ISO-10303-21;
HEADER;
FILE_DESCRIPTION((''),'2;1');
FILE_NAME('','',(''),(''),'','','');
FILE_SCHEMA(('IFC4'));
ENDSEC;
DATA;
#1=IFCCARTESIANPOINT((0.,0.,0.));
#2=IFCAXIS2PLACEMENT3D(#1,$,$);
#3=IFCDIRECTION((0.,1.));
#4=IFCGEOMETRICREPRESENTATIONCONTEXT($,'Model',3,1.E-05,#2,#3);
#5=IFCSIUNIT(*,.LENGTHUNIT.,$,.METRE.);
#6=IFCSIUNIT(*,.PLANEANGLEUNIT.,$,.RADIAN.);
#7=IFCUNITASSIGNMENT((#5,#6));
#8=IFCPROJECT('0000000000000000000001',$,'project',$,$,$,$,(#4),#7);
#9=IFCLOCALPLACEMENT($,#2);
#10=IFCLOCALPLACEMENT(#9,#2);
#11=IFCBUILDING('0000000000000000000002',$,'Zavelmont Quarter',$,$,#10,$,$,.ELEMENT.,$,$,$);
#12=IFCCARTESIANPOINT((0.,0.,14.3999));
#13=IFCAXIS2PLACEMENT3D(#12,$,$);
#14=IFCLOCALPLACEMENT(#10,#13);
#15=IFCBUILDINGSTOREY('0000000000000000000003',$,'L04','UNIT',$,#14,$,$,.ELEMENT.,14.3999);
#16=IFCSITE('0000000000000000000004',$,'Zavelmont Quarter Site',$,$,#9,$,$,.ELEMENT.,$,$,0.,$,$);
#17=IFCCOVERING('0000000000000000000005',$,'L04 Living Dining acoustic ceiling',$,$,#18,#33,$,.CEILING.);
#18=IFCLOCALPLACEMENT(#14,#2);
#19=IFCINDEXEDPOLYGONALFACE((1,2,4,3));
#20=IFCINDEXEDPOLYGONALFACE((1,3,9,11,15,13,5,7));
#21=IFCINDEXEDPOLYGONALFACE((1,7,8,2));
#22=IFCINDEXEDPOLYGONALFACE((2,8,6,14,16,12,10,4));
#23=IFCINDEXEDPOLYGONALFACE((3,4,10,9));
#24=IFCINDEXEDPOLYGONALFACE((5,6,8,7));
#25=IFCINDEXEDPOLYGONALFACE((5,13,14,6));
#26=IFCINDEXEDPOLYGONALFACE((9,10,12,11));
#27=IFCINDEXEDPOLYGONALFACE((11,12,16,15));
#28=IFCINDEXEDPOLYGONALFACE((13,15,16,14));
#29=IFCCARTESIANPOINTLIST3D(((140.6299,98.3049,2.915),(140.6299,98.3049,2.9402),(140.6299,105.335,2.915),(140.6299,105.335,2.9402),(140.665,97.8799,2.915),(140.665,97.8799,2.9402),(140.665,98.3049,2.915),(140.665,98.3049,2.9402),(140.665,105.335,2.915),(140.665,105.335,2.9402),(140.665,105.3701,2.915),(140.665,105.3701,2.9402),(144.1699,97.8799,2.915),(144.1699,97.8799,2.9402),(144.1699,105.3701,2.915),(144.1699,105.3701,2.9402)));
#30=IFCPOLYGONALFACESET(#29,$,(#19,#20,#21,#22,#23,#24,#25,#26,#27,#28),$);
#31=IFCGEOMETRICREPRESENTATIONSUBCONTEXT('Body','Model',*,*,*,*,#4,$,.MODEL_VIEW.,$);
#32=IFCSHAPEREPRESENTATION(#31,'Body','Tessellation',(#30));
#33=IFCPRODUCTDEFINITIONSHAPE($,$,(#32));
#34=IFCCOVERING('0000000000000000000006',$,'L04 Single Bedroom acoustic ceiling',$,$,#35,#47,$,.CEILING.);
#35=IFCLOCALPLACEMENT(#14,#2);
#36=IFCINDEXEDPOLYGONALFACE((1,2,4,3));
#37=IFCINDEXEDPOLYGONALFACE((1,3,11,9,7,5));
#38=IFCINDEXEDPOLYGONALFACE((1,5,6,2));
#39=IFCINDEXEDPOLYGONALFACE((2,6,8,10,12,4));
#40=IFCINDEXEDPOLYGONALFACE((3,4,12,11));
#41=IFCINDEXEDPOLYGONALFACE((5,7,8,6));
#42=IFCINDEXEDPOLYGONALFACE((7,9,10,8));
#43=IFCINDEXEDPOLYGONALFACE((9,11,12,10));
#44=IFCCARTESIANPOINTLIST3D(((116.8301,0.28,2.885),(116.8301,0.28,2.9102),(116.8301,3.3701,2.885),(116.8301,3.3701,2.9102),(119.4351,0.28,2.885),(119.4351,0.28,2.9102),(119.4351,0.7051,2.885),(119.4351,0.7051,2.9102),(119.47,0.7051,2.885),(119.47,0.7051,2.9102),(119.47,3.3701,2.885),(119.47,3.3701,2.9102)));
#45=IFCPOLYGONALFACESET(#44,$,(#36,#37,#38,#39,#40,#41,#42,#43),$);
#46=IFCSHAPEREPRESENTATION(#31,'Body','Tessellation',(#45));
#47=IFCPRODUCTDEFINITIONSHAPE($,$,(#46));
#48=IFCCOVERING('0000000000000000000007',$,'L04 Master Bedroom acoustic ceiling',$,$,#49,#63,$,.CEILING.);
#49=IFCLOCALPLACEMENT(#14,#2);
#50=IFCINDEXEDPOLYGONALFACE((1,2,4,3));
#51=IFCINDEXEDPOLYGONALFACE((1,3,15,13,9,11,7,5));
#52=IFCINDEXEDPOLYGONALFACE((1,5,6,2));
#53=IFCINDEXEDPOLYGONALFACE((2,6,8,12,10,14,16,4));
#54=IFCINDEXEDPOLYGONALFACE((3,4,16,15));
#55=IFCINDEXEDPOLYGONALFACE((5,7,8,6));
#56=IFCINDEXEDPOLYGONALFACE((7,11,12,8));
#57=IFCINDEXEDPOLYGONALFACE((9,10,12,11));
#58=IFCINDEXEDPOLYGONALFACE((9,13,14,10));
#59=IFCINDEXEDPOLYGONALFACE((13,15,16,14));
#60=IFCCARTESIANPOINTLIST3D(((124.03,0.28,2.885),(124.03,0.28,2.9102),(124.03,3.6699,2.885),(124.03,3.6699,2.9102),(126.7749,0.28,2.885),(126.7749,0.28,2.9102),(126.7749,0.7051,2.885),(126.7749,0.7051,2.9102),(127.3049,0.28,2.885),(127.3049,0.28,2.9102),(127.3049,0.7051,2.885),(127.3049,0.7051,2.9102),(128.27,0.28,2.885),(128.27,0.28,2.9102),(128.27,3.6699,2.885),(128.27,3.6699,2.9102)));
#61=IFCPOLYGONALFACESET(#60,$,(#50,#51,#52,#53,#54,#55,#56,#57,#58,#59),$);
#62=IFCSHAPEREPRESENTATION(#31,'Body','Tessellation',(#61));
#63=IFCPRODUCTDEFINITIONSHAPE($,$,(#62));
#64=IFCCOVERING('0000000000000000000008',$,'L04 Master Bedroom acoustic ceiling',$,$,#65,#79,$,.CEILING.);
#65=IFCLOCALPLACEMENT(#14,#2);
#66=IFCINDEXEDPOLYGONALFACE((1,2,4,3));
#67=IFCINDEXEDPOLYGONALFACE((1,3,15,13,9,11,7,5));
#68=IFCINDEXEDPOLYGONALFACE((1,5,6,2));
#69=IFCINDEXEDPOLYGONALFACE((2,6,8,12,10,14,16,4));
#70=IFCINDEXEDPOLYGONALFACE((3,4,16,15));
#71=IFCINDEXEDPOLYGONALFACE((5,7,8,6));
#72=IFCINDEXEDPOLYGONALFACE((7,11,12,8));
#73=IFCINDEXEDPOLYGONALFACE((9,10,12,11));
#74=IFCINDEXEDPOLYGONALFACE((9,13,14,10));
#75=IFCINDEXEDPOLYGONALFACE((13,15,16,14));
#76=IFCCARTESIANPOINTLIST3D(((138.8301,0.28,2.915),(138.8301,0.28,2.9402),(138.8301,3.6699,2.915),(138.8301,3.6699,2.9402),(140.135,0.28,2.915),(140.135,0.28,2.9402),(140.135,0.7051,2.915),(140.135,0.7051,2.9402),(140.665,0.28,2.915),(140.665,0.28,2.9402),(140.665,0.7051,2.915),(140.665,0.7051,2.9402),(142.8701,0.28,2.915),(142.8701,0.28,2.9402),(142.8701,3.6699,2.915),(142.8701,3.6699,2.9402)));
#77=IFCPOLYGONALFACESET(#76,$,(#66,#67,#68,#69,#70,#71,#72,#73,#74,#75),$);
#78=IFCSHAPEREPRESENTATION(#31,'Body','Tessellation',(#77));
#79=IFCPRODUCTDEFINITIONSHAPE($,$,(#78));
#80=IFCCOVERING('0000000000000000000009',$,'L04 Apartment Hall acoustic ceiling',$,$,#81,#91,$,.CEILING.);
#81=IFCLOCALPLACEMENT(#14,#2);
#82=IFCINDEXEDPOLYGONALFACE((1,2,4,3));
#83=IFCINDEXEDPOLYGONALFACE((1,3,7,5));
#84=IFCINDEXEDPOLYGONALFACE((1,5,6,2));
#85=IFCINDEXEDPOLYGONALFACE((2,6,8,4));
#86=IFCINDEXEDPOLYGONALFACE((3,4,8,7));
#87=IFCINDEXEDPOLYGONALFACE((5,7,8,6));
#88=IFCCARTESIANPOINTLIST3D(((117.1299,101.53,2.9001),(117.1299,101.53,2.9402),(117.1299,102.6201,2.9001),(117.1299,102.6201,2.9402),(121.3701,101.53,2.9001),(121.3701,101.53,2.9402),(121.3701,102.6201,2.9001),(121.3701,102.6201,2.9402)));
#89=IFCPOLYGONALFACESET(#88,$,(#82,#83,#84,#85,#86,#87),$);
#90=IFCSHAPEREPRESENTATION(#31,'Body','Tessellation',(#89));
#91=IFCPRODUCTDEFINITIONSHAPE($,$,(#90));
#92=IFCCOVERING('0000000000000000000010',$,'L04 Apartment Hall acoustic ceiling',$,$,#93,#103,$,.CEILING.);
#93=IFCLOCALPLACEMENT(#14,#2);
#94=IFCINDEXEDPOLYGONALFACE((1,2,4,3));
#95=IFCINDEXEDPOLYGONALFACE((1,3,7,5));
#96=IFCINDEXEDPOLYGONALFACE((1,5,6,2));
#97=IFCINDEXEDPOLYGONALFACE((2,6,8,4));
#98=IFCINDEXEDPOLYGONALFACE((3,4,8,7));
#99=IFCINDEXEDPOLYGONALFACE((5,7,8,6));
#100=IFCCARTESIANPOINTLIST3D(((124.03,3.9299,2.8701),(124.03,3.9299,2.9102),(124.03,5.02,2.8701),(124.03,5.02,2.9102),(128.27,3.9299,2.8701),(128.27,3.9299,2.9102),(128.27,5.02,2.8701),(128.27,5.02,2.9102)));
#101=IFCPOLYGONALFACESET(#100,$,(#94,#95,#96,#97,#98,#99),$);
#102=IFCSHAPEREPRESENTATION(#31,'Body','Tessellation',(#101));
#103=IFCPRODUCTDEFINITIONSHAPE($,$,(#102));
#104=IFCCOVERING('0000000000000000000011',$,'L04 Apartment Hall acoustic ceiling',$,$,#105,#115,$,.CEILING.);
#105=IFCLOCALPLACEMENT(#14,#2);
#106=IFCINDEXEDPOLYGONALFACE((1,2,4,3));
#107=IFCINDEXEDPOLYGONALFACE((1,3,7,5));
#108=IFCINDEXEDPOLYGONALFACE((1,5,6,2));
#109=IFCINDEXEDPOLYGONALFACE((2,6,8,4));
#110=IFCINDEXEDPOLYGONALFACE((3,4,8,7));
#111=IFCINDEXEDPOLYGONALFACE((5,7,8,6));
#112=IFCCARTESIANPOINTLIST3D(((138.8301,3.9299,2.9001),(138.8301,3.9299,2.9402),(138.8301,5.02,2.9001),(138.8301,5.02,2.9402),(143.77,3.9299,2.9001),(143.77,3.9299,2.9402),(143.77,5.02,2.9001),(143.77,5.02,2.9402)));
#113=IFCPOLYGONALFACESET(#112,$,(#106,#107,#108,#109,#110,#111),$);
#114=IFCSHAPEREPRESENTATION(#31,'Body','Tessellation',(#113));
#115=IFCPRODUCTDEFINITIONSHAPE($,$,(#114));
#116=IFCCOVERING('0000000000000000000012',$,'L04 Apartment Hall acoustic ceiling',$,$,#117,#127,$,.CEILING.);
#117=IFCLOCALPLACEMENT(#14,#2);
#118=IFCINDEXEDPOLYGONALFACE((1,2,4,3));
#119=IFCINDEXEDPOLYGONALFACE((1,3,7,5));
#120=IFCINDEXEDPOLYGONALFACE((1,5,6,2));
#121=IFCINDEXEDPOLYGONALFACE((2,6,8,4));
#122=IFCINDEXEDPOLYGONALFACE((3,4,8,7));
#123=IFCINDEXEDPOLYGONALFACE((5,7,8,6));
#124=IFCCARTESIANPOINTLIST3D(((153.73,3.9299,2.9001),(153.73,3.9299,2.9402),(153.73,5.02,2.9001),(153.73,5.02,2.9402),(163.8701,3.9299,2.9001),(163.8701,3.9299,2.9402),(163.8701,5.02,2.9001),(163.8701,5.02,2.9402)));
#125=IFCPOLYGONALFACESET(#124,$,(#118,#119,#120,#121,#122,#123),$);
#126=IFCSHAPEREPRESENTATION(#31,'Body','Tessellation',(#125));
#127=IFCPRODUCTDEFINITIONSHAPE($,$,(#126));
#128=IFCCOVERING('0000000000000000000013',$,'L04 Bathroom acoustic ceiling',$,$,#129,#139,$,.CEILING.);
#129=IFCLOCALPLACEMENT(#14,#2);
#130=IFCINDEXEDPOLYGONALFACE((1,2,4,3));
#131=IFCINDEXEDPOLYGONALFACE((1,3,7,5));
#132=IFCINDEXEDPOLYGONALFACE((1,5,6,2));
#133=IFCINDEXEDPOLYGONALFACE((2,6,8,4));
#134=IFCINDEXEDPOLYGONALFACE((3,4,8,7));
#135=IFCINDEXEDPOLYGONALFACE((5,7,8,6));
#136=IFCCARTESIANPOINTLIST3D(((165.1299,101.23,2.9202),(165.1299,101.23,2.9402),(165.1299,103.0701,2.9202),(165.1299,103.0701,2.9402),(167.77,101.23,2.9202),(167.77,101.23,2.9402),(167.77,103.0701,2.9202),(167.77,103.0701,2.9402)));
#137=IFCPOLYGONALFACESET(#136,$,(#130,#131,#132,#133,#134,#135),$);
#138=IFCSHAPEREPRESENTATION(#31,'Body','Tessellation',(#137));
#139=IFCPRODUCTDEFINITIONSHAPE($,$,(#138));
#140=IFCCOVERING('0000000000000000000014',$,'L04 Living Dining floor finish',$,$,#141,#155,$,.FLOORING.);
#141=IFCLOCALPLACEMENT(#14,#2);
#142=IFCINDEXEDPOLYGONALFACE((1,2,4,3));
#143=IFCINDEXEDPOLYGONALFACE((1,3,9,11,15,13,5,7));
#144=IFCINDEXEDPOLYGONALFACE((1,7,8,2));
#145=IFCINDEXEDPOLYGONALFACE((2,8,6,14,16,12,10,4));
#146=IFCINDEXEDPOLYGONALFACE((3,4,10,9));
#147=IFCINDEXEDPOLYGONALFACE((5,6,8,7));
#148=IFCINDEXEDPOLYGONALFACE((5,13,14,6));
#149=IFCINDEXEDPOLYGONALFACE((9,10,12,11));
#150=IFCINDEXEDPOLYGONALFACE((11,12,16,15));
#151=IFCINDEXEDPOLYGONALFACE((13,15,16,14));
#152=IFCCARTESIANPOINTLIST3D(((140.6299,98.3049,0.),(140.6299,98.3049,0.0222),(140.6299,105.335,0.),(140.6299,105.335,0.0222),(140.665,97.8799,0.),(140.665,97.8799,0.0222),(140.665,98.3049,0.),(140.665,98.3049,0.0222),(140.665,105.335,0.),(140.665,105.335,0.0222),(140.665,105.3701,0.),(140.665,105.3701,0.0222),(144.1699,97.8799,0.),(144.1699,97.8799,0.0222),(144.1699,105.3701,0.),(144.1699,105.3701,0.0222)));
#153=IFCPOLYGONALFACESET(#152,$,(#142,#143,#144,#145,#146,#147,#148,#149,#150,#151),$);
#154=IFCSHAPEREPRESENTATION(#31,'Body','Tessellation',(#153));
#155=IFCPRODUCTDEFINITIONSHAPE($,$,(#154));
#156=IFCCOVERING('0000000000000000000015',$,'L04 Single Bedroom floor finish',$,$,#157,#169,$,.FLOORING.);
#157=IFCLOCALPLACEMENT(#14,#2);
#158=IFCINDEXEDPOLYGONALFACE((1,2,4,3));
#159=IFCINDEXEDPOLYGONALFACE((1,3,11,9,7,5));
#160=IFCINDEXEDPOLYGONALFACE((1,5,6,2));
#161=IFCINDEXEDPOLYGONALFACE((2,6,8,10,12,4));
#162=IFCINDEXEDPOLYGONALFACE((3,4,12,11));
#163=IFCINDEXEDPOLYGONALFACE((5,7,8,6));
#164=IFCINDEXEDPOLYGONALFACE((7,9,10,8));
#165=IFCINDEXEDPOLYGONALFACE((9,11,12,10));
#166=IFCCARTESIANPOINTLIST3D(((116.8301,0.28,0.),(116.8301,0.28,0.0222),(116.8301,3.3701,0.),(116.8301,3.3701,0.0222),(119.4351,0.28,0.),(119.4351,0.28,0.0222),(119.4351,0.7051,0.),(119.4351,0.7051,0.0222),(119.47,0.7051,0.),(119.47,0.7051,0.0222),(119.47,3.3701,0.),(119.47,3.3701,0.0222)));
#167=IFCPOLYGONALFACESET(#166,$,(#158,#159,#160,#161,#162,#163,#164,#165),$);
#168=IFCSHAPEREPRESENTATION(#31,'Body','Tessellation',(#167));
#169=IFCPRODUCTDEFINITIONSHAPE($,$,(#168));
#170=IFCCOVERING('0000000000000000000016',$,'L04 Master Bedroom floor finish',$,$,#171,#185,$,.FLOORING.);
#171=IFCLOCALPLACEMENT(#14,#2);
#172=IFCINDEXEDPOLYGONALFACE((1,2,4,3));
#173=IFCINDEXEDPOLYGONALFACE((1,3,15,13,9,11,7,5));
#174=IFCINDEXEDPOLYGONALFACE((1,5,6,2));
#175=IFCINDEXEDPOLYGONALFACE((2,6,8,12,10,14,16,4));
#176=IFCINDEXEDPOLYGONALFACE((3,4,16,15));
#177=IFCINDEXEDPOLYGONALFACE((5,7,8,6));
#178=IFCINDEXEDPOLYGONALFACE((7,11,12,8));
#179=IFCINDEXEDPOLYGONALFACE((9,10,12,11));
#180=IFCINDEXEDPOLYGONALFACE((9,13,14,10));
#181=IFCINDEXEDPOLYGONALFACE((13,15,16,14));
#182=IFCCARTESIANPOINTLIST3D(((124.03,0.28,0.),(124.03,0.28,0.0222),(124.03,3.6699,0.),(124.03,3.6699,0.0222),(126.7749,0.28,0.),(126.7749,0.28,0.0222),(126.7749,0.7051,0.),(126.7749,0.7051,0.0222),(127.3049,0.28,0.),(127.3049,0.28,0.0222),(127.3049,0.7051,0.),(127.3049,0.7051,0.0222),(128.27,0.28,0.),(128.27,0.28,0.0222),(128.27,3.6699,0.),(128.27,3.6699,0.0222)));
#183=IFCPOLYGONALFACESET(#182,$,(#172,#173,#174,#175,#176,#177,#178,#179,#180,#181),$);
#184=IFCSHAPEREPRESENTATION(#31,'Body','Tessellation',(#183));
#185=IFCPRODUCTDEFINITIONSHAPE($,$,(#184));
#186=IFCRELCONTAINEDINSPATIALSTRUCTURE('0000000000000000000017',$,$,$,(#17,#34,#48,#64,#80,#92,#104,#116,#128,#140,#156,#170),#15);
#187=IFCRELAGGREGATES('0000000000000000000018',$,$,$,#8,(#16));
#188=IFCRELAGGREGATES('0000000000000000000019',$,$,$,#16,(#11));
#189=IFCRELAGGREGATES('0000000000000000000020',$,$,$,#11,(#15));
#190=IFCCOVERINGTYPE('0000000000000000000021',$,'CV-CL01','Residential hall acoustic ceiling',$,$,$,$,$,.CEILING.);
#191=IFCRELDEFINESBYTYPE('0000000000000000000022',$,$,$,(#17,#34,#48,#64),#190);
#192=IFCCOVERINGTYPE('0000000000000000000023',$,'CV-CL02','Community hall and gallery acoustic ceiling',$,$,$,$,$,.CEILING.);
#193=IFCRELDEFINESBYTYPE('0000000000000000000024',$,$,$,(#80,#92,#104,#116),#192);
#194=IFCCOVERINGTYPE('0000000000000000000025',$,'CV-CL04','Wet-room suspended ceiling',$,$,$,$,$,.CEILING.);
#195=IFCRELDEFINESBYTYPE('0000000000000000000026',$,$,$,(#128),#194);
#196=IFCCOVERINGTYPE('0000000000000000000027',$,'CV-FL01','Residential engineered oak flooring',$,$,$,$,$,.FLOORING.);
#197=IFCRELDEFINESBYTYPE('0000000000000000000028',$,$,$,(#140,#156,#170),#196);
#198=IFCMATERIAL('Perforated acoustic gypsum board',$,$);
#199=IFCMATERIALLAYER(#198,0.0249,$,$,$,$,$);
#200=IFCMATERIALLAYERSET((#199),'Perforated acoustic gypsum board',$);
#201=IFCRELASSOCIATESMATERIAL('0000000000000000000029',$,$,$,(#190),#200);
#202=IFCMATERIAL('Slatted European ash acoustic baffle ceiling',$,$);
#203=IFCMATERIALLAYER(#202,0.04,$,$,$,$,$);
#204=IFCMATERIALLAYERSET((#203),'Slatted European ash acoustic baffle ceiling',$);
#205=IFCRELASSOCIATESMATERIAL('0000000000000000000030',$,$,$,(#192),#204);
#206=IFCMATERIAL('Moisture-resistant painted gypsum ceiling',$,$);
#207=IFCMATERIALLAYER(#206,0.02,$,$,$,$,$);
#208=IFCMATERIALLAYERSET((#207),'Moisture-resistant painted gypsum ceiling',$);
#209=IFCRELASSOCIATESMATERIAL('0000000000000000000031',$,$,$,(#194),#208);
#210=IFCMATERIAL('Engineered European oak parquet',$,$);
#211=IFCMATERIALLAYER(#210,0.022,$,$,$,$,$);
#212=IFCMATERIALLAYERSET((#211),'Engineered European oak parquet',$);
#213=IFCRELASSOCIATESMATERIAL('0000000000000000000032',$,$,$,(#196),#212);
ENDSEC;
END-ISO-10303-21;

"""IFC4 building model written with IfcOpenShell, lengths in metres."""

from ifc_helpers import new_model, si_unit, direction, frame, origin, place, context, subcontext, project, spatial, polyline, outline, extrude, material, layer, layer_set, type_object, element, save


model = new_model("IFC4")

# Units and contexts
model_context = context("Model", 3, precision=1e-05, world=origin(), true_north=direction((0.0, 1.0)))
body_context = subcontext(model_context, "Body", "Model", "MODEL_VIEW")
ifc_project = project(units=[si_unit("LENGTHUNIT", "METRE"), si_unit("PLANEANGLEUNIT", "RADIAN")], contexts=[model_context])

# Site, building, storey
site_placement = place(None, origin())
site = spatial("IfcSite", under=ifc_project, at=site_placement, Name="Zavelmont Quarter Site", CompositionType="ELEMENT", RefElevation=0.0)
building_placement = place(site_placement, origin())
building = spatial("IfcBuilding", under=site, at=building_placement, Name="Zavelmont Quarter", CompositionType="ELEMENT")
storey_placement = place(building_placement, frame((0.0, 0.0, 14.3999)))
storey = spatial("IfcBuildingStorey", under=building, at=storey_placement, Name="L04", Description="UNIT", CompositionType="ELEMENT", Elevation=14.3999)

# Coverings
ifc_material_1 = material(Name="Perforated acoustic gypsum board")
ifc_layer_1 = layer(ifc_material_1, 0.0249)
ifc_layer_set_1 = layer_set([ifc_layer_1], Name="Perforated acoustic gypsum board")
covering_type_1 = type_object("IfcCoveringType", Name="CV-CL01", Description="Residential hall acoustic ceiling", PredefinedType="CEILING", material=ifc_layer_set_1)
covering_1_placement = place(storey_placement, frame((0.0, 0.0, 2.915)))
element("IfcCovering", 1, at=covering_1_placement, inside=storey, type_object=covering_type_1, Name="L04 Living Dining acoustic ceiling", PredefinedType="CEILING", context=body_context, shape_type="SweptSolid", body=[
    extrude(outline(polyline([(140.6299, 105.335), (140.665, 105.335), (140.665, 105.3701), (144.1699, 105.3701), (144.1699, 97.8799), (140.665, 97.8799), (140.665, 98.3049), (140.6299, 98.3049), (140.6299, 105.335)])), origin(), (0.0, 0.0, 1.0), 0.0251),
])
covering_2_placement = place(storey_placement, frame((0.0, 0.0, 2.885)))
element("IfcCovering", 2, at=covering_2_placement, inside=storey, type_object=covering_type_1, Name="L04 Single Bedroom acoustic ceiling", PredefinedType="CEILING", context=body_context, shape_type="SweptSolid", body=[
    extrude(outline(polyline([(116.8301, 3.3701), (119.47, 3.3701), (119.47, 0.7051), (119.4351, 0.7051), (119.4351, 0.28), (116.8301, 0.28), (116.8301, 3.3701)])), origin(), (0.0, 0.0, 1.0), 0.0251),
])
covering_3_placement = place(storey_placement, frame((0.0, 0.0, 2.885)))
element("IfcCovering", 3, at=covering_3_placement, inside=storey, type_object=covering_type_1, Name="L04 Master Bedroom acoustic ceiling", PredefinedType="CEILING", context=body_context, shape_type="SweptSolid", body=[
    extrude(outline(polyline([(124.03, 3.6699), (128.27, 3.6699), (128.27, 0.28), (127.3049, 0.28), (127.3049, 0.7051), (126.7749, 0.7051), (126.7749, 0.28), (124.03, 0.28), (124.03, 3.6699)])), origin(), (0.0, 0.0, 1.0), 0.0251),
])
covering_4_placement = place(storey_placement, frame((0.0, 0.0, 2.915)))
element("IfcCovering", 4, at=covering_4_placement, inside=storey, type_object=covering_type_1, Name="L04 Master Bedroom acoustic ceiling", PredefinedType="CEILING", context=body_context, shape_type="SweptSolid", body=[
    extrude(outline(polyline([(138.8301, 3.6699), (142.8701, 3.6699), (142.8701, 0.28), (140.665, 0.28), (140.665, 0.7051), (140.135, 0.7051), (140.135, 0.28), (138.8301, 0.28), (138.8301, 3.6699)])), origin(), (0.0, 0.0, 1.0), 0.0251),
])
ifc_material_2 = material(Name="Slatted European ash acoustic baffle ceiling")
ifc_layer_2 = layer(ifc_material_2, 0.04)
ifc_layer_set_2 = layer_set([ifc_layer_2], Name="Slatted European ash acoustic baffle ceiling")
covering_type_2 = type_object("IfcCoveringType", Name="CV-CL02", Description="Community hall and gallery acoustic ceiling", PredefinedType="CEILING", material=ifc_layer_set_2)
covering_5_placement = place(storey_placement, frame((0.0, 0.0, 2.9001)))
element("IfcCovering", 5, at=covering_5_placement, inside=storey, type_object=covering_type_2, Name="L04 Apartment Hall acoustic ceiling", PredefinedType="CEILING", context=body_context, shape_type="SweptSolid", body=[
    extrude(outline(polyline([(117.1299, 102.6201), (121.3701, 102.6201), (121.3701, 101.53), (117.1299, 101.53), (117.1299, 102.6201)])), origin(), (0.0, 0.0, 1.0), 0.04),
])
covering_6_placement = place(storey_placement, frame((0.0, 0.0, 2.8701)))
element("IfcCovering", 6, at=covering_6_placement, inside=storey, type_object=covering_type_2, Name="L04 Apartment Hall acoustic ceiling", PredefinedType="CEILING", context=body_context, shape_type="SweptSolid", body=[
    extrude(outline(polyline([(124.03, 5.02), (128.27, 5.02), (128.27, 3.9299), (124.03, 3.9299), (124.03, 5.02)])), origin(), (0.0, 0.0, 1.0), 0.04),
])
covering_7_placement = place(storey_placement, frame((0.0, 0.0, 2.9001)))
element("IfcCovering", 7, at=covering_7_placement, inside=storey, type_object=covering_type_2, Name="L04 Apartment Hall acoustic ceiling", PredefinedType="CEILING", context=body_context, shape_type="SweptSolid", body=[
    extrude(outline(polyline([(138.8301, 5.02), (143.77, 5.02), (143.77, 3.9299), (138.8301, 3.9299), (138.8301, 5.02)])), origin(), (0.0, 0.0, 1.0), 0.04),
])
covering_8_placement = place(storey_placement, frame((0.0, 0.0, 2.9001)))
element("IfcCovering", 8, at=covering_8_placement, inside=storey, type_object=covering_type_2, Name="L04 Apartment Hall acoustic ceiling", PredefinedType="CEILING", context=body_context, shape_type="SweptSolid", body=[
    extrude(outline(polyline([(153.73, 5.02), (163.8701, 5.02), (163.8701, 3.9299), (153.73, 3.9299), (153.73, 5.02)])), origin(), (0.0, 0.0, 1.0), 0.04),
])
ifc_material_3 = material(Name="Moisture-resistant painted gypsum ceiling")
ifc_layer_3 = layer(ifc_material_3, 0.02)
ifc_layer_set_3 = layer_set([ifc_layer_3], Name="Moisture-resistant painted gypsum ceiling")
covering_type_3 = type_object("IfcCoveringType", Name="CV-CL04", Description="Wet-room suspended ceiling", PredefinedType="CEILING", material=ifc_layer_set_3)
covering_9_placement = place(storey_placement, frame((0.0, 0.0, 2.9202)))
element("IfcCovering", 9, at=covering_9_placement, inside=storey, type_object=covering_type_3, Name="L04 Bathroom acoustic ceiling", PredefinedType="CEILING", context=body_context, shape_type="SweptSolid", body=[
    extrude(outline(polyline([(165.1299, 103.0701), (167.77, 103.0701), (167.77, 101.23), (165.1299, 101.23), (165.1299, 103.0701)])), origin(), (0.0, 0.0, 1.0), 0.02),
])
ifc_material_4 = material(Name="Engineered European oak parquet")
ifc_layer_4 = layer(ifc_material_4, 0.022)
ifc_layer_set_4 = layer_set([ifc_layer_4], Name="Engineered European oak parquet")
covering_type_4 = type_object("IfcCoveringType", Name="CV-FL01", Description="Residential engineered oak flooring", PredefinedType="FLOORING", material=ifc_layer_set_4)
covering_10_placement = place(storey_placement, origin())
element("IfcCovering", 10, at=covering_10_placement, inside=storey, type_object=covering_type_4, Name="L04 Living Dining floor finish", PredefinedType="FLOORING", context=body_context, shape_type="SweptSolid", body=[
    extrude(outline(polyline([(140.6299, 105.335), (140.665, 105.335), (140.665, 105.3701), (144.1699, 105.3701), (144.1699, 97.8799), (140.665, 97.8799), (140.665, 98.3049), (140.6299, 98.3049), (140.6299, 105.335)])), origin(), (0.0, 0.0, 1.0), 0.0222),
])
covering_11_placement = place(storey_placement, origin())
element("IfcCovering", 11, at=covering_11_placement, inside=storey, type_object=covering_type_4, Name="L04 Single Bedroom floor finish", PredefinedType="FLOORING", context=body_context, shape_type="SweptSolid", body=[
    extrude(outline(polyline([(116.8301, 3.3701), (119.47, 3.3701), (119.47, 0.7051), (119.4351, 0.7051), (119.4351, 0.28), (116.8301, 0.28), (116.8301, 3.3701)])), origin(), (0.0, 0.0, 1.0), 0.0222),
])
covering_12_placement = place(storey_placement, origin())
element("IfcCovering", 12, at=covering_12_placement, inside=storey, type_object=covering_type_4, Name="L04 Master Bedroom floor finish", PredefinedType="FLOORING", context=body_context, shape_type="SweptSolid", body=[
    extrude(outline(polyline([(124.03, 3.6699), (128.27, 3.6699), (128.27, 0.28), (127.3049, 0.28), (127.3049, 0.7051), (126.7749, 0.7051), (126.7749, 0.28), (124.03, 0.28), (124.03, 3.6699)])), origin(), (0.0, 0.0, 1.0), 0.0222),
])

save(model, "model.ifc")
